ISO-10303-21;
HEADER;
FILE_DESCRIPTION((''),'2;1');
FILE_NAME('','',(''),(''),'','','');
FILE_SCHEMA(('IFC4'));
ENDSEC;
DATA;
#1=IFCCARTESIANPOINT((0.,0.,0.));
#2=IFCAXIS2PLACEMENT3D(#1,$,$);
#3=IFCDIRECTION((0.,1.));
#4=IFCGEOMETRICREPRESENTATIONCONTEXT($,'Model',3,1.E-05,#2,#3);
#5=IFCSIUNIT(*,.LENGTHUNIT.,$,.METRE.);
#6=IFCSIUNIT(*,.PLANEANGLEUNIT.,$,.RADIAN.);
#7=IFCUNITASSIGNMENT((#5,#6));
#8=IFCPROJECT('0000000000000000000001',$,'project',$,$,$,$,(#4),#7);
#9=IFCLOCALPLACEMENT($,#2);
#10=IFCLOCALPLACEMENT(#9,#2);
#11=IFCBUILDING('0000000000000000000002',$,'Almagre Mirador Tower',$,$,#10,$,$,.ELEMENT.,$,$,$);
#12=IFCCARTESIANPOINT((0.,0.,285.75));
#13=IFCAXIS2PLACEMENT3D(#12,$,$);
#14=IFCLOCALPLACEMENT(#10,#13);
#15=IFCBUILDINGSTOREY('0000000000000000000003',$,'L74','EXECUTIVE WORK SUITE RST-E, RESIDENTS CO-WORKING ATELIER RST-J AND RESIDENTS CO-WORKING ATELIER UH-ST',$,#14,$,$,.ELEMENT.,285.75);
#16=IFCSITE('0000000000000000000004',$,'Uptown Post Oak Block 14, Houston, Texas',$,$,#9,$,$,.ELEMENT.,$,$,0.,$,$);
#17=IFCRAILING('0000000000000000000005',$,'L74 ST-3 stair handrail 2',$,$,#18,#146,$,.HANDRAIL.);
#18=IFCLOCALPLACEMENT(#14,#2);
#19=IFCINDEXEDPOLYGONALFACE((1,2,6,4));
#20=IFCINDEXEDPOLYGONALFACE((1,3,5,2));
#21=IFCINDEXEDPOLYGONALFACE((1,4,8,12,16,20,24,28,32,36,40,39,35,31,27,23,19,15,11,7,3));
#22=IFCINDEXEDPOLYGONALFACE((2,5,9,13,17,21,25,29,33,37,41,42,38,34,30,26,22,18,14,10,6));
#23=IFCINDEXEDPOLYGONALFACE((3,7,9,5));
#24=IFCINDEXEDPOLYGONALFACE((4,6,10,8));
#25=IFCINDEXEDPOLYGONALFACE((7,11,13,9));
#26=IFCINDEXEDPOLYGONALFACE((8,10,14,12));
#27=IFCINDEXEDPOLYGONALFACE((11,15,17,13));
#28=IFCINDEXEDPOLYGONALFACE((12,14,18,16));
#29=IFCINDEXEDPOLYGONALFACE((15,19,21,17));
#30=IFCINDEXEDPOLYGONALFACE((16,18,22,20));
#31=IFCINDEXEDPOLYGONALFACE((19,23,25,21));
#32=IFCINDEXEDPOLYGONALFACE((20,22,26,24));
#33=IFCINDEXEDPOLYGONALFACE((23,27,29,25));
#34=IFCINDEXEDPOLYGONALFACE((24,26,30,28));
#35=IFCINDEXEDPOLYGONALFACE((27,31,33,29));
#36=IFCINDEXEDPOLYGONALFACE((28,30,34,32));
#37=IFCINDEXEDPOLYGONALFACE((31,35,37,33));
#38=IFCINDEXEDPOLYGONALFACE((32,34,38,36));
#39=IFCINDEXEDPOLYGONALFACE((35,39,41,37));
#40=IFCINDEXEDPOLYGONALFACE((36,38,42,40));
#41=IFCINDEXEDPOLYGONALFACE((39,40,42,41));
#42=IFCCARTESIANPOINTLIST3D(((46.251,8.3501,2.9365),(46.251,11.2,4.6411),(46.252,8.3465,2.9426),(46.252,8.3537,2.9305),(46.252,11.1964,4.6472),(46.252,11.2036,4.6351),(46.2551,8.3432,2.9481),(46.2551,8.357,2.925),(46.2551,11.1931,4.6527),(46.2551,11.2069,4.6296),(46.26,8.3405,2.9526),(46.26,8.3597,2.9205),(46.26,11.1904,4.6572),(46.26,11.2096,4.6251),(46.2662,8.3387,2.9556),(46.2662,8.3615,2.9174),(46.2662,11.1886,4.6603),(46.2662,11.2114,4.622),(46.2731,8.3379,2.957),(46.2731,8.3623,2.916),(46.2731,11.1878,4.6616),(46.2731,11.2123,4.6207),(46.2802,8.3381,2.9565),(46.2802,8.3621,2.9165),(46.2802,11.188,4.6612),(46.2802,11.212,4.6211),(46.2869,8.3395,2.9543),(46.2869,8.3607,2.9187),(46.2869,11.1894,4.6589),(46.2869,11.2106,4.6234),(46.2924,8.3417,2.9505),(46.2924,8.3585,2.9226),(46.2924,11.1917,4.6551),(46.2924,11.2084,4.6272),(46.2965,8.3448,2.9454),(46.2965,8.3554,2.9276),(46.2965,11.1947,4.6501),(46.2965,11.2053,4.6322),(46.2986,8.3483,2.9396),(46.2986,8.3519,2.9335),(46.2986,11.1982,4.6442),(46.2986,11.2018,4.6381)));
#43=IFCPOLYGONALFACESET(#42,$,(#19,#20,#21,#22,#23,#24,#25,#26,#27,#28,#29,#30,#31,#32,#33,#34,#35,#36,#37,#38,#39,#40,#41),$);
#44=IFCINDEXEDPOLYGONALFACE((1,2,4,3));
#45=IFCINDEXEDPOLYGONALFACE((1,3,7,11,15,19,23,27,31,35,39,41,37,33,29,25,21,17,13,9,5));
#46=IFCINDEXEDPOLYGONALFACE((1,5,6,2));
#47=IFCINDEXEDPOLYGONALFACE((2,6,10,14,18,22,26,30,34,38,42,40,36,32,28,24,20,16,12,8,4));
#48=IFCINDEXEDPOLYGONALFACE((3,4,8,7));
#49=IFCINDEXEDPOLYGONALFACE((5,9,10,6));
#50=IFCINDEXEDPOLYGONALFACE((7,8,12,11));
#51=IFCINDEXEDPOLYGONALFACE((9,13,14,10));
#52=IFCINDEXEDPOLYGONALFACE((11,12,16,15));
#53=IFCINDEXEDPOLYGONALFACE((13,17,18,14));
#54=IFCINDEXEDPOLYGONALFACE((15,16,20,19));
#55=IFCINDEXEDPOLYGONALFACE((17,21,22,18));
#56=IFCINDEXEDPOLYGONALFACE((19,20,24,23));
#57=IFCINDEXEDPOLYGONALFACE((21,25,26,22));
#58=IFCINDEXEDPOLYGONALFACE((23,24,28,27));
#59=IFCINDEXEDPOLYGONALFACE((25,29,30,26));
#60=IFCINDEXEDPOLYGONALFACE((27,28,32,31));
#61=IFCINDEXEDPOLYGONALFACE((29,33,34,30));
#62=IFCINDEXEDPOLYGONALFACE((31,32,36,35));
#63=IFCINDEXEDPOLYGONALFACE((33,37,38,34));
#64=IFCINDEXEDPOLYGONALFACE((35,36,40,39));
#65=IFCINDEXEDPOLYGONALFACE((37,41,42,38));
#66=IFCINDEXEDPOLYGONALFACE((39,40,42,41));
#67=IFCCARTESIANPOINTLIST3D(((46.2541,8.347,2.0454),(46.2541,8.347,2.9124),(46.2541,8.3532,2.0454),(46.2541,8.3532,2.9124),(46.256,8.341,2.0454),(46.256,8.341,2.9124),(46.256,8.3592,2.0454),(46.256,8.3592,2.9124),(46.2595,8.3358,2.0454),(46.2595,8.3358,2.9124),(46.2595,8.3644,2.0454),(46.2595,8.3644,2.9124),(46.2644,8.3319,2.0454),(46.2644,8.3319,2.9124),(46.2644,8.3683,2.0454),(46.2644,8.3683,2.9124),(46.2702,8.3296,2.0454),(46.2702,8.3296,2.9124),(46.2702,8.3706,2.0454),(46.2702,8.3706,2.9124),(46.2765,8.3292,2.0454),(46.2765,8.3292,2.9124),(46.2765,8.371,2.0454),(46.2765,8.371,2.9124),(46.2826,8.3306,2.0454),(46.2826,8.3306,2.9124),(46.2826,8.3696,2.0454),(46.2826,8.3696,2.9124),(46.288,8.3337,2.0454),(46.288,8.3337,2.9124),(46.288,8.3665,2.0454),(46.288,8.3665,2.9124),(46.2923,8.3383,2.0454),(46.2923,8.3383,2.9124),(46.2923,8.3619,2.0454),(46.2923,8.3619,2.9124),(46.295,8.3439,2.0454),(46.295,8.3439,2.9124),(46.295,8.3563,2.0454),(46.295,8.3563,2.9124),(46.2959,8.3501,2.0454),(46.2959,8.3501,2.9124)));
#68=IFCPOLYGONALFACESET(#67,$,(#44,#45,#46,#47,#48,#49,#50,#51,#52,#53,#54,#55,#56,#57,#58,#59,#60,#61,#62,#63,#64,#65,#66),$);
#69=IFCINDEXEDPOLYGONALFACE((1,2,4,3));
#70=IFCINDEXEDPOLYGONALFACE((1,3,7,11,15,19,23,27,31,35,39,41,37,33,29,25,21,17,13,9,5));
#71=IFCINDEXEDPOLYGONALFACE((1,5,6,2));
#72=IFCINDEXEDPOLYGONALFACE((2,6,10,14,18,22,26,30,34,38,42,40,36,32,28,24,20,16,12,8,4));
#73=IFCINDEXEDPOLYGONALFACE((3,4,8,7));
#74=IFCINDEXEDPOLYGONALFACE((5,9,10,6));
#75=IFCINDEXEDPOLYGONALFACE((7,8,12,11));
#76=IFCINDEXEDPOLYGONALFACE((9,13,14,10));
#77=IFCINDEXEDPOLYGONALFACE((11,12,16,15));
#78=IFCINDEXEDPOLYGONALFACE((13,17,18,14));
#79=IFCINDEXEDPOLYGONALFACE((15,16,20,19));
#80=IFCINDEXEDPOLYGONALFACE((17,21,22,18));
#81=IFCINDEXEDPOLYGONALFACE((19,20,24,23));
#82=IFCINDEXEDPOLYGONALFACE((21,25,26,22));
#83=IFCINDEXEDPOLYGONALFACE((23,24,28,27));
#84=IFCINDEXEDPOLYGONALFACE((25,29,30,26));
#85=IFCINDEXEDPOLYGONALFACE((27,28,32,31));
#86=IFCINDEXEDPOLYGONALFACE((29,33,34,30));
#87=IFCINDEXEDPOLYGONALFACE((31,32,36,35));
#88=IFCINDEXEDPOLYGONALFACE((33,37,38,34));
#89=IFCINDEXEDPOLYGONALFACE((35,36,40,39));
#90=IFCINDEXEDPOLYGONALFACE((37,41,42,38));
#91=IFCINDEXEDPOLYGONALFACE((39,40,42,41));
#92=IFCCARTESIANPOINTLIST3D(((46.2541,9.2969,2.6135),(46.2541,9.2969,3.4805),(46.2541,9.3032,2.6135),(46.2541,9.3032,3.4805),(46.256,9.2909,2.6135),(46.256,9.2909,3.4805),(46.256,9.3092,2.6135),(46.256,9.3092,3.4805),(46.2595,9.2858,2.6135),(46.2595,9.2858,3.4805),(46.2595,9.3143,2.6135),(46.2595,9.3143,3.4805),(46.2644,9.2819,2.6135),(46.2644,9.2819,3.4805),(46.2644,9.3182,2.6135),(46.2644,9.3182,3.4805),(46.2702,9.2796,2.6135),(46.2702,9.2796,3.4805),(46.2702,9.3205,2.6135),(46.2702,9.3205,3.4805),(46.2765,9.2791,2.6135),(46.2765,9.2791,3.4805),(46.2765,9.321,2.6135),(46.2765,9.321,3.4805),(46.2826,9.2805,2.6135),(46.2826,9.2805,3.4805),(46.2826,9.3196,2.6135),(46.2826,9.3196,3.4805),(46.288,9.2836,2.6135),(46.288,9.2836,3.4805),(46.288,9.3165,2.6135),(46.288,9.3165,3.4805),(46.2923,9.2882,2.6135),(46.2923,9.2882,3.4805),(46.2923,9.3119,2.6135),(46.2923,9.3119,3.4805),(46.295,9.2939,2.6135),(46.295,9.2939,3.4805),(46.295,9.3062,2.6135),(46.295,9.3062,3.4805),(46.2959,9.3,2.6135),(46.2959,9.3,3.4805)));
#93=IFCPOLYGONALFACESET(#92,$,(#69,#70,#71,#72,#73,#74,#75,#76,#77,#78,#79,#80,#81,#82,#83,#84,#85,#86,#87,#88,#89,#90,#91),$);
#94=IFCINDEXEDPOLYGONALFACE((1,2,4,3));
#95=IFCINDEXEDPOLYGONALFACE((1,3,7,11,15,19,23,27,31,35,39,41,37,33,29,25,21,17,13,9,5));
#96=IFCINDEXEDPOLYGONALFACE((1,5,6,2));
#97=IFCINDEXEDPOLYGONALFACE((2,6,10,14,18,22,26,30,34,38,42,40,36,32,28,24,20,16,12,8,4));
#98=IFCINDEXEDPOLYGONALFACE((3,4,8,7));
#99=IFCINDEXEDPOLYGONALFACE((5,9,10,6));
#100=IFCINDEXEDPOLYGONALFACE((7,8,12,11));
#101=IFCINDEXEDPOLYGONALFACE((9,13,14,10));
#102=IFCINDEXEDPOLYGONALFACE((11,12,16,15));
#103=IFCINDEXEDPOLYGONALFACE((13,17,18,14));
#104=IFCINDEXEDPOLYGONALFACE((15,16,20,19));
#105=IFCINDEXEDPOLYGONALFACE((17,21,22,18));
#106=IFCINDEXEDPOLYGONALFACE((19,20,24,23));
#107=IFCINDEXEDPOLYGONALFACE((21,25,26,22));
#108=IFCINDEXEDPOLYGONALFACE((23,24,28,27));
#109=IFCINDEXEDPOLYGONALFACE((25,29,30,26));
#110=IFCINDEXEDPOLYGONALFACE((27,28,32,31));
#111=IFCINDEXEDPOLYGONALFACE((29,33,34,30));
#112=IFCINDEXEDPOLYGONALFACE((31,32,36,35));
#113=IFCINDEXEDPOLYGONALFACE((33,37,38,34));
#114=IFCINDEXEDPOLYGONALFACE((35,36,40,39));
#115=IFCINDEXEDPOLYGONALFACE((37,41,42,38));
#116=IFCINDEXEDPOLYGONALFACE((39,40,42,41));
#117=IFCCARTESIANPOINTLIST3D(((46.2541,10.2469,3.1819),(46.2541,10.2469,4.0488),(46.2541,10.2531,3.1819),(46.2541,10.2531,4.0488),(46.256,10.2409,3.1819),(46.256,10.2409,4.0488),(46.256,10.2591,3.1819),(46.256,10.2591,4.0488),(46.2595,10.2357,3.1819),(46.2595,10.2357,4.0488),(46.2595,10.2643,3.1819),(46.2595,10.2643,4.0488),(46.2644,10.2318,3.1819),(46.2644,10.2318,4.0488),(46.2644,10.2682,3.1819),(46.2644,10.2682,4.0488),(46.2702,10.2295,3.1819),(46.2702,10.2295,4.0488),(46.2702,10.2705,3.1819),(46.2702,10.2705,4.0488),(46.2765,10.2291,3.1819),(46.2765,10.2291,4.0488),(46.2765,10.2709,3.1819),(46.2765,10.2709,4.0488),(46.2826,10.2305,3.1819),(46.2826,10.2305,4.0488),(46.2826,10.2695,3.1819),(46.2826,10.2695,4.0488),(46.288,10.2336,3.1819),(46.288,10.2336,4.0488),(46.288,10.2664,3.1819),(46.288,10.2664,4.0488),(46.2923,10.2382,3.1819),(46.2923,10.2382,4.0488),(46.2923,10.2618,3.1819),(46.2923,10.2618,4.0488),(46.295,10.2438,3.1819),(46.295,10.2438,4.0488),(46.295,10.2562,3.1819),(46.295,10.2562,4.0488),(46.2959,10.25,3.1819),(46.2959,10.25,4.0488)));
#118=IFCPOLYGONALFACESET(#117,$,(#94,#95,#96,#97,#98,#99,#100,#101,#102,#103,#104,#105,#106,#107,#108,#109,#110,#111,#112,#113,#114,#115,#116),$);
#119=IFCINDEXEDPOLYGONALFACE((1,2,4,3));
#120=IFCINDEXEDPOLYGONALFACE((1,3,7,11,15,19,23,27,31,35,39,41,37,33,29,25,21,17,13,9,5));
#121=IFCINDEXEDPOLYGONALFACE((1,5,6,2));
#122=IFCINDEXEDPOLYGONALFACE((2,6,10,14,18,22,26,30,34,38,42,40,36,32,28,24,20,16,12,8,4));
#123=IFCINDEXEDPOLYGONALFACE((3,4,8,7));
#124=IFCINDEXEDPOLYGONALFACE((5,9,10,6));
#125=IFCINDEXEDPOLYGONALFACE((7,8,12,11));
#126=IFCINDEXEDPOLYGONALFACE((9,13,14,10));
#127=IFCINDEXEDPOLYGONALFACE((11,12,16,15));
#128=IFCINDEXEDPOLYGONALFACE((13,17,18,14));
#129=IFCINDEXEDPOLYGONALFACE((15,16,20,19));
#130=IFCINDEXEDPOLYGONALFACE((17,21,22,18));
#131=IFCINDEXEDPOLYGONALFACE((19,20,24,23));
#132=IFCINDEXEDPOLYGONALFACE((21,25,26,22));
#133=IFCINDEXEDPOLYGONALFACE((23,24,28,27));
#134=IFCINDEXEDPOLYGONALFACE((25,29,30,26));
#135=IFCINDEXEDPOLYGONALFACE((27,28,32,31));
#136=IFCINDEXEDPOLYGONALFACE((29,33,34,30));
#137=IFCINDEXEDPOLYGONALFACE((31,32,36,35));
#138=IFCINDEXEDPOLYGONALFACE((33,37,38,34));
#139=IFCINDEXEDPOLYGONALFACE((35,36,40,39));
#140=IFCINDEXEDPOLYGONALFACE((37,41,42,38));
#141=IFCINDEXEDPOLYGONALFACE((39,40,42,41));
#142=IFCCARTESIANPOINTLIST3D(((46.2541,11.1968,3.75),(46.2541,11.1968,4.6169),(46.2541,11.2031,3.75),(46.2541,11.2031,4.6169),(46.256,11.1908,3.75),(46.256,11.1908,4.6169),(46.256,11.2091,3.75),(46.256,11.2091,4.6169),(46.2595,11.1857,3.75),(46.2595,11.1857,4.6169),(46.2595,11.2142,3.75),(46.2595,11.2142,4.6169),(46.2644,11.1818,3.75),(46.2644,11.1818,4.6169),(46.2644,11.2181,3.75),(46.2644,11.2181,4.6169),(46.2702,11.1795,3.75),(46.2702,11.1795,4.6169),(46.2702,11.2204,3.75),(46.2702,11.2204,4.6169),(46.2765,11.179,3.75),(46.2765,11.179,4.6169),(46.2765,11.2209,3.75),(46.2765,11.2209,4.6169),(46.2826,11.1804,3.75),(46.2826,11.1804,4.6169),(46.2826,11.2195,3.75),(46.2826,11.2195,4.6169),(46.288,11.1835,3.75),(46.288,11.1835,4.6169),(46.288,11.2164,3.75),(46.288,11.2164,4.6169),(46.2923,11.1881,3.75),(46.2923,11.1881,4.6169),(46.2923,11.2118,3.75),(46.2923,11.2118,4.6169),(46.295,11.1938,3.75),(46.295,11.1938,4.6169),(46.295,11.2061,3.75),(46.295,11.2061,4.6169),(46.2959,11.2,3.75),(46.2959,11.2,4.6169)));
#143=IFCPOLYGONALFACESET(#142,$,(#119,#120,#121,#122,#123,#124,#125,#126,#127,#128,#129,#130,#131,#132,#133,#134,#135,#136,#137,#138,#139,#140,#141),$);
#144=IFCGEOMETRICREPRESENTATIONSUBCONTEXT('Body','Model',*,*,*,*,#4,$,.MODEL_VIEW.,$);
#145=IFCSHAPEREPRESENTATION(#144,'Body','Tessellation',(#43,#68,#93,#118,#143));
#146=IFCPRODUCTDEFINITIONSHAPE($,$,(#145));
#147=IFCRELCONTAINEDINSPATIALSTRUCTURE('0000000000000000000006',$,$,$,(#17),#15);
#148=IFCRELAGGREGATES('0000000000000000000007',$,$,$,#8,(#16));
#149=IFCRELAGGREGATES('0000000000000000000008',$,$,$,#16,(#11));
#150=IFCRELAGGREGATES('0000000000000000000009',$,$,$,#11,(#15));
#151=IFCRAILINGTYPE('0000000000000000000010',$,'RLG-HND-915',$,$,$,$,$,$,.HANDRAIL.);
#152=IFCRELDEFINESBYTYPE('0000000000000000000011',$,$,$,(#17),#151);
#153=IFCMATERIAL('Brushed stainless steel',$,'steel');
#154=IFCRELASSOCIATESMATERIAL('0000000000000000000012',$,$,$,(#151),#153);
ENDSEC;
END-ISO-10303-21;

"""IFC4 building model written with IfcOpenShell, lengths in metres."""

from ifc_helpers import new_model, si_unit, direction, frame, origin, origin_2d, place, context, subcontext, project, spatial, circle, extrude, material, type_object, element, save


model = new_model("IFC4")

# Units and contexts
model_context = context("Model", 3, precision=1e-05, world=origin(), true_north=direction((0.0, 1.0)))
body_context = subcontext(model_context, "Body", "Model", "MODEL_VIEW")
ifc_project = project(units=[si_unit("LENGTHUNIT", "METRE"), si_unit("PLANEANGLEUNIT", "RADIAN")], contexts=[model_context])

# Site, building, storey
site_placement = place(None, origin())
site = spatial("IfcSite", under=ifc_project, at=site_placement, Name="Uptown Post Oak Block 14, Houston, Texas", CompositionType="ELEMENT", RefElevation=0.0)
building_placement = place(site_placement, origin())
building = spatial("IfcBuilding", under=site, at=building_placement, Name="Almagre Mirador Tower", CompositionType="ELEMENT")
storey_placement = place(building_placement, frame((0.0, 0.0, 285.75)))
storey = spatial("IfcBuildingStorey", under=building, at=storey_placement, Name="L74", Description="EXECUTIVE WORK SUITE RST-E, RESIDENTS CO-WORKING ATELIER RST-J AND RESIDENTS CO-WORKING ATELIER UH-ST", CompositionType="ELEMENT", Elevation=285.75)

# Railing
ifc_material_1 = material(Name="Brushed stainless steel", Category="steel")
railing_type_1 = type_object("IfcRailingType", Name="RLG-HND-915", PredefinedType="HANDRAIL", material=ifc_material_1)
railing_1_placement = place(storey_placement, frame((46.2749, 8.3501, 2.0454)))
element("IfcRailing", 1, at=railing_1_placement, inside=storey, type_object=railing_type_1, Name="L74 ST-3 stair handrail 2", PredefinedType="HANDRAIL", context=body_context, shape_type="SweptSolid", body=[
    extrude(circle(Radius=0.0239, at=origin_2d()), frame((0.0, 0.0, 0.8911), z_axis=(0.0, 0.858199, 0.513317), x_axis=(-1.0, 0.0, 0.0)), (0.0, 0.0, 1.0), 3.3208),
    extrude(circle(Radius=0.021, at=origin_2d()), origin(), (0.0, 0.0, 1.0), 0.8669),
    extrude(circle(Radius=0.021, at=origin_2d()), frame((0.0, 0.95, 0.5681)), (0.0, 0.0, 1.0), 0.8669),
    extrude(circle(Radius=0.021, at=origin_2d()), frame((0.0, 1.8999, 1.1365)), (0.0, 0.0, 1.0), 0.8669),
    extrude(circle(Radius=0.021, at=origin_2d()), frame((0.0, 2.8499, 1.7046)), (0.0, 0.0, 1.0), 0.8669),
])

save(model, "model.ifc")
